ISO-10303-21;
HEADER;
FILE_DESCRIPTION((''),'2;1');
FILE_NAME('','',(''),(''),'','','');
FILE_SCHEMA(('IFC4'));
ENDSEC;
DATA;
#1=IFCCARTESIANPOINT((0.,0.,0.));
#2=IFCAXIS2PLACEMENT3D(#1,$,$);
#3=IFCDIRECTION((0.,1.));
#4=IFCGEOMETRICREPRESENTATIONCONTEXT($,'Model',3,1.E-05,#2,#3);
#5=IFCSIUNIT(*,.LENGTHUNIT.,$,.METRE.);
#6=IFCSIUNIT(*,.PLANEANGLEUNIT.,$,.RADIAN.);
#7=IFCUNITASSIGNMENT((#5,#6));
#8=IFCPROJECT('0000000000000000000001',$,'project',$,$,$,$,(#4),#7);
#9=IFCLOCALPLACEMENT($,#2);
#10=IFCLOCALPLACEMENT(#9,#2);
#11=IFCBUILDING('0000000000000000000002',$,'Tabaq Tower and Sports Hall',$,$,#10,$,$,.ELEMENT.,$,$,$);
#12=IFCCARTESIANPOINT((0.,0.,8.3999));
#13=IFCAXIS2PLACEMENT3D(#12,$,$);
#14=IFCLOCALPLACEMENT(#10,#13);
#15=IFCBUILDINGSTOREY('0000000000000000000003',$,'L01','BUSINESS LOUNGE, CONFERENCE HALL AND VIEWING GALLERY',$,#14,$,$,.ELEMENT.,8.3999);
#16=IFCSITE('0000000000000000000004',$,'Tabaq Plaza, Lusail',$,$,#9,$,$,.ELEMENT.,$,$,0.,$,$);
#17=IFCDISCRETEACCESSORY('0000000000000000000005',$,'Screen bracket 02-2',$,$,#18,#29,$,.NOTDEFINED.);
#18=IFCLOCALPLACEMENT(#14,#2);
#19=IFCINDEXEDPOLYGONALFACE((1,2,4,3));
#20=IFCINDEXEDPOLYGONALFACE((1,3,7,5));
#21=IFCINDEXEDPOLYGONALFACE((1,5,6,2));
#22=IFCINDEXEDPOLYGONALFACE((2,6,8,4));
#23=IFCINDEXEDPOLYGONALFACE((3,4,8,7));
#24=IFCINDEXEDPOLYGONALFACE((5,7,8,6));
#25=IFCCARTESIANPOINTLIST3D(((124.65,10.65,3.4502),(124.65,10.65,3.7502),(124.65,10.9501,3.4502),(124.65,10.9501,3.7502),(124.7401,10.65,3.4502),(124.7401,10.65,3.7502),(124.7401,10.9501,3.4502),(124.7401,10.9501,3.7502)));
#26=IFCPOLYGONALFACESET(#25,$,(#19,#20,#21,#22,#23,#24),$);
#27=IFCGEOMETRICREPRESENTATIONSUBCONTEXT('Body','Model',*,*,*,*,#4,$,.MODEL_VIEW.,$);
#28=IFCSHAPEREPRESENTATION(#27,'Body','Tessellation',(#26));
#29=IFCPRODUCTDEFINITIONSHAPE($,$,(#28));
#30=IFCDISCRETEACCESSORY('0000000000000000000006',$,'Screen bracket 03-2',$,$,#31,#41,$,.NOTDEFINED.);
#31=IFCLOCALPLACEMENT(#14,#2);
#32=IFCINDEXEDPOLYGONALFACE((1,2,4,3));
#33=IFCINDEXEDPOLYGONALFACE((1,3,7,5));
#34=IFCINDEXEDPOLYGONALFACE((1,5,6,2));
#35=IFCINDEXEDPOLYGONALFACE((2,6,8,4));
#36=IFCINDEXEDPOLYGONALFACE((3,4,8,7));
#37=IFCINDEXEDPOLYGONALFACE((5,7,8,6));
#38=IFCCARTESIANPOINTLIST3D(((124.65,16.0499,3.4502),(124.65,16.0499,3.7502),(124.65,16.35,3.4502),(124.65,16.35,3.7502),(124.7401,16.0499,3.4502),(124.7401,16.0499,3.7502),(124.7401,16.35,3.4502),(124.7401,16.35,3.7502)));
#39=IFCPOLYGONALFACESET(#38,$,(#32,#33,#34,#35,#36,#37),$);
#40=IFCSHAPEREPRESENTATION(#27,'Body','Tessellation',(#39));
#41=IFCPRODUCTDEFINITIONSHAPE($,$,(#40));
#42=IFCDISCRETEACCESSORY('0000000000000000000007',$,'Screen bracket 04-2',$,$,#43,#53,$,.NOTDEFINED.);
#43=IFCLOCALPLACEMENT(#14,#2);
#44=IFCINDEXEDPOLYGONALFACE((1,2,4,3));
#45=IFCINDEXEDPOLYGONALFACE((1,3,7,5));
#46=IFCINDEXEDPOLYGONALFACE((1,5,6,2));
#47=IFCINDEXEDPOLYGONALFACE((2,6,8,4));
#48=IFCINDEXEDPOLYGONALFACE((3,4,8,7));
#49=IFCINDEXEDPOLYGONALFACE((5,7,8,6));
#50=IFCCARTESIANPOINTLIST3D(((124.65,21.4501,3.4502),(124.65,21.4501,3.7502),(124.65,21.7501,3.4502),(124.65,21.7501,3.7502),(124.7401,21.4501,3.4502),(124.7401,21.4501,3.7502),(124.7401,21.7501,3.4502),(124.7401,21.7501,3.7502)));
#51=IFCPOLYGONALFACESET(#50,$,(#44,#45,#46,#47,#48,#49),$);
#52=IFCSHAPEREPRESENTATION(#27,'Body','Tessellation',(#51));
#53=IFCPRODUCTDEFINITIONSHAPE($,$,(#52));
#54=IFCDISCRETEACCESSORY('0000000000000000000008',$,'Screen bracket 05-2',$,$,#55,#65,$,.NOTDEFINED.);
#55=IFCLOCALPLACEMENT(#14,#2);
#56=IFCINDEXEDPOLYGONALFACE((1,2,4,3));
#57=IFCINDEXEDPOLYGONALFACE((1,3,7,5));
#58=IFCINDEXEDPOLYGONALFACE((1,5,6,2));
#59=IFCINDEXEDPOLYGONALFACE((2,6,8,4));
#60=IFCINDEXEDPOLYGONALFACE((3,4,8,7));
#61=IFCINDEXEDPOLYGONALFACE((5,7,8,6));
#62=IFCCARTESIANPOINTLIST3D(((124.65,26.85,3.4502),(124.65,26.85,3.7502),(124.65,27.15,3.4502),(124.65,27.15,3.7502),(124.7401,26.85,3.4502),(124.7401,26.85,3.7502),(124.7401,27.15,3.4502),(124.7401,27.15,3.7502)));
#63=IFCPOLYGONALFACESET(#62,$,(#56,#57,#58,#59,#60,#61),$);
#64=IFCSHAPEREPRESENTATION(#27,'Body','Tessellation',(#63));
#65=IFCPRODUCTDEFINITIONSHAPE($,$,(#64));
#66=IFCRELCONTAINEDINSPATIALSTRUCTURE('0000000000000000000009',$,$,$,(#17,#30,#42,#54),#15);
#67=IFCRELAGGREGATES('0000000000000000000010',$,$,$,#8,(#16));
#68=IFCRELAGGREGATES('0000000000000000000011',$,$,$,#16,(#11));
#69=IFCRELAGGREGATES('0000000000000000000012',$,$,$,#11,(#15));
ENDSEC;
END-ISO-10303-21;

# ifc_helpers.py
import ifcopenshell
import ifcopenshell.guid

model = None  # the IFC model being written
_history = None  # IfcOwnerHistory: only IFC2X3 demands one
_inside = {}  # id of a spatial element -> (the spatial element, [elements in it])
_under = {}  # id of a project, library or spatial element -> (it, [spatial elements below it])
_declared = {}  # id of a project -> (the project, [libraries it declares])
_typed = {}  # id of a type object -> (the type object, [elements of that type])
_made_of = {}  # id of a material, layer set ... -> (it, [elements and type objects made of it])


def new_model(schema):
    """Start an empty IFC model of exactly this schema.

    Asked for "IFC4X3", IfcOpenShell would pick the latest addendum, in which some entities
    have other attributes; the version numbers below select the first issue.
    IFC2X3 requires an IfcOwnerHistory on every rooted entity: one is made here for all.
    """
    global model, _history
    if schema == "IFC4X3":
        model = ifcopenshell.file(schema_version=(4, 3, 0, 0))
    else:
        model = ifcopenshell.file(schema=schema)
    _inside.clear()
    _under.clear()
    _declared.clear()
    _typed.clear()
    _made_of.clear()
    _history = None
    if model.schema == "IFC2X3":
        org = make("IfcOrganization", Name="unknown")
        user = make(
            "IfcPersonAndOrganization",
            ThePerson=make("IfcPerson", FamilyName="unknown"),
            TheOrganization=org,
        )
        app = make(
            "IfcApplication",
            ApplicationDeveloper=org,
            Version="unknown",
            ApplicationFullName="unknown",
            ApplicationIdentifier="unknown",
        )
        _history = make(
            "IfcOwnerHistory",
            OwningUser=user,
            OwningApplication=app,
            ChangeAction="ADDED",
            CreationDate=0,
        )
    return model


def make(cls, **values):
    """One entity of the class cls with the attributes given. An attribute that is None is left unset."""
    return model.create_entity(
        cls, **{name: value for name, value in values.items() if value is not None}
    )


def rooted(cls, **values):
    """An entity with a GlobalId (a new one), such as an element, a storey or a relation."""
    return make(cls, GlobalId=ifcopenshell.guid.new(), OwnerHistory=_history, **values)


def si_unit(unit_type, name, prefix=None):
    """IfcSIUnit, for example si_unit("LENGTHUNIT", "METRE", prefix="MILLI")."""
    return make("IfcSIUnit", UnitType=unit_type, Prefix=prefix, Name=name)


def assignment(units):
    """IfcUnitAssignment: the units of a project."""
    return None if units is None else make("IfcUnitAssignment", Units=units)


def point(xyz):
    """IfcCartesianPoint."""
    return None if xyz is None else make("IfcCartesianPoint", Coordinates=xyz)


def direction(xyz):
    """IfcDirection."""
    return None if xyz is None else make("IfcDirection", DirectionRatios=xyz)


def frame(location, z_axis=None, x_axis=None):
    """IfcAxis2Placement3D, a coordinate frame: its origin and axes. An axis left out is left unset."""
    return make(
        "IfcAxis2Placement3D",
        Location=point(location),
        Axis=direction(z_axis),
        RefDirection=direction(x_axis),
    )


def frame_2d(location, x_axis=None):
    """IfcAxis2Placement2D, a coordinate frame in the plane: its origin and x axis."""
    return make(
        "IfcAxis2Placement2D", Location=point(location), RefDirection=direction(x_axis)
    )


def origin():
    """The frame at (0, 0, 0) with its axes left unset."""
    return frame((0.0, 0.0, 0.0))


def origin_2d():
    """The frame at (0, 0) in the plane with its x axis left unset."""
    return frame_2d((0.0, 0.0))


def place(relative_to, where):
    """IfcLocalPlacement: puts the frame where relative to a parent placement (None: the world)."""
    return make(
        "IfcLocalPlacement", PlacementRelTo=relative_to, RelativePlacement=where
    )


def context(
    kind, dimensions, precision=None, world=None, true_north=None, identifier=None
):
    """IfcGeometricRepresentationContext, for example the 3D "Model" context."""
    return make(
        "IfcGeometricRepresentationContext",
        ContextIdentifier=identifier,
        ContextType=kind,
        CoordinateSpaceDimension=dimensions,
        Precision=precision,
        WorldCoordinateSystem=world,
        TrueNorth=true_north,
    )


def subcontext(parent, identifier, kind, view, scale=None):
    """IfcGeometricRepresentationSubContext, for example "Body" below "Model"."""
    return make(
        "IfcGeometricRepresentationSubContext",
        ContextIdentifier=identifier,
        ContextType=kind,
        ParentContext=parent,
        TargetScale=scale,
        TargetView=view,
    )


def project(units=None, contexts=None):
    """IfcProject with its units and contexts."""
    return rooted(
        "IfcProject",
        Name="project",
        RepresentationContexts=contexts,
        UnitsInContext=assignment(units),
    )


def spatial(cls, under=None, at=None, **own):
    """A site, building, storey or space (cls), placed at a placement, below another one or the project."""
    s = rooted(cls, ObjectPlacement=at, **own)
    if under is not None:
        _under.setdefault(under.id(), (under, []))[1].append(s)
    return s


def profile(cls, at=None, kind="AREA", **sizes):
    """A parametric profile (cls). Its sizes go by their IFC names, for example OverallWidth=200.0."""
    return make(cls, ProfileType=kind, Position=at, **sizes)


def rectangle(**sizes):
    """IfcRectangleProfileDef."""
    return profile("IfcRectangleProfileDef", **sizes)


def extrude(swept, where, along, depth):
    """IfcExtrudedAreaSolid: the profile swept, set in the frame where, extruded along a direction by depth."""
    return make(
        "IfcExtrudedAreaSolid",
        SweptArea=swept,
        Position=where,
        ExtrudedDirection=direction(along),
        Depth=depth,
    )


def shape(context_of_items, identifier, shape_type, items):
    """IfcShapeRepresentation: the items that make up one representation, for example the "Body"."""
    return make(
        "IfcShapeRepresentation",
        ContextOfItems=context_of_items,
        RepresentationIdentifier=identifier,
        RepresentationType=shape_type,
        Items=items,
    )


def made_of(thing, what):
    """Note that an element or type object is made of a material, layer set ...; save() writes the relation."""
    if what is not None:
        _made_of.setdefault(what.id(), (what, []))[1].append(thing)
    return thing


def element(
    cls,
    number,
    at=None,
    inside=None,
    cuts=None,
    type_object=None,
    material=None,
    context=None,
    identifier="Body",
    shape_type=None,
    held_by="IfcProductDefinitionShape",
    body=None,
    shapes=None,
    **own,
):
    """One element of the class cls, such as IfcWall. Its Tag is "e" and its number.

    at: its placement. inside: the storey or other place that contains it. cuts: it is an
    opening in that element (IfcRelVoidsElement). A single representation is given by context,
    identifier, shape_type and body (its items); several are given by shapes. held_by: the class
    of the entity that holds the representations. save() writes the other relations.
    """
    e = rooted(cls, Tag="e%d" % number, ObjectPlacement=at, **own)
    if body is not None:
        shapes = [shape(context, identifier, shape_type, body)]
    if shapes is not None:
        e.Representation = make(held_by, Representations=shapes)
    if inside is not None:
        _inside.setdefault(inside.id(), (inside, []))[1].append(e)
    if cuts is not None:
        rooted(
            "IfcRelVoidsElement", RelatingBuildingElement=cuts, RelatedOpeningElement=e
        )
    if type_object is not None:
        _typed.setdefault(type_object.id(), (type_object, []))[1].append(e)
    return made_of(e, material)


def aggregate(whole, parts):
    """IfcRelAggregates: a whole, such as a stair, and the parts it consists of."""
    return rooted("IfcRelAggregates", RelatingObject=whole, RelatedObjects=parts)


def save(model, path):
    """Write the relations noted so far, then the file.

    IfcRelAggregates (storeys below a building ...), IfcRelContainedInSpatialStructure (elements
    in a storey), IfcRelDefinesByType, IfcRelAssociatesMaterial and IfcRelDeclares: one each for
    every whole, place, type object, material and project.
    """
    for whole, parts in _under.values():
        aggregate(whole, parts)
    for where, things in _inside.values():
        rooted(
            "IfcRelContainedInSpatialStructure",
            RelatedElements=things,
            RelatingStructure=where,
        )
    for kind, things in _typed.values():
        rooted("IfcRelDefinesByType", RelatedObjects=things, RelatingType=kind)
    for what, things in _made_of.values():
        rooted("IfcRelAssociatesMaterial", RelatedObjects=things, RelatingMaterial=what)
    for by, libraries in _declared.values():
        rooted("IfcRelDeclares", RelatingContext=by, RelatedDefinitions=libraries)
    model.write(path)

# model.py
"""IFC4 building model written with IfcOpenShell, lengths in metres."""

from ifc_helpers import new_model, si_unit, direction, frame, origin, origin_2d, place, context, subcontext, project, spatial, rectangle, extrude, element, save


model = new_model("IFC4")

# Units and contexts
model_context = context("Model", 3, precision=1e-05, world=origin(), true_north=direction((0.0, 1.0)))
body_context = subcontext(model_context, "Body", "Model", "MODEL_VIEW")
ifc_project = project(units=[si_unit("LENGTHUNIT", "METRE"), si_unit("PLANEANGLEUNIT", "RADIAN")], contexts=[model_context])

# Site, building, storey
site_placement = place(None, origin())
site = spatial("IfcSite", under=ifc_project, at=site_placement, Name="Tabaq Plaza, Lusail", CompositionType="ELEMENT", RefElevation=0.0)
building_placement = place(site_placement, origin())
building = spatial("IfcBuilding", under=site, at=building_placement, Name="Tabaq Tower and Sports Hall", CompositionType="ELEMENT")
storey_placement = place(building_placement, frame((0.0, 0.0, 8.3999)))
storey = spatial("IfcBuildingStorey", under=building, at=storey_placement, Name="L01", Description="BUSINESS LOUNGE, CONFERENCE HALL AND VIEWING GALLERY", CompositionType="ELEMENT", Elevation=8.3999)

# Discrete accessories
for number, where, z_axis, x_axis, name in (
    (1, (124.6951, 10.8, 3.4502), (0.0, 0.0, 1.0), (1.0, 0.0, 0.0), "Screen bracket 02-2"),
    (2, (124.6951, 16.2, 3.4502), (0.0, 0.0, 1.0), (1.0, 0.0, 0.0), "Screen bracket 03-2"),
    (3, (124.6951, 21.6001, 3.4502), (0.0, 0.0, 1.0), (1.0, 0.0, 0.0), "Screen bracket 04-2"),
    (4, (124.6951, 27.0, 3.4502), (0.0, 0.0, 1.0), (1.0, 0.0, 0.0), "Screen bracket 05-2"),
):
    element("IfcDiscreteAccessory", number, at=place(storey_placement, frame(where, z_axis=z_axis, x_axis=x_axis)), inside=storey, Name=name, PredefinedType="NOTDEFINED", context=body_context, shape_type="SweptSolid", body=[
        extrude(rectangle(XDim=0.0901, YDim=0.3, at=origin_2d()), origin(), (0.0, 0.0, 1.0), 0.3),
    ])

save(model, "model.ifc")
